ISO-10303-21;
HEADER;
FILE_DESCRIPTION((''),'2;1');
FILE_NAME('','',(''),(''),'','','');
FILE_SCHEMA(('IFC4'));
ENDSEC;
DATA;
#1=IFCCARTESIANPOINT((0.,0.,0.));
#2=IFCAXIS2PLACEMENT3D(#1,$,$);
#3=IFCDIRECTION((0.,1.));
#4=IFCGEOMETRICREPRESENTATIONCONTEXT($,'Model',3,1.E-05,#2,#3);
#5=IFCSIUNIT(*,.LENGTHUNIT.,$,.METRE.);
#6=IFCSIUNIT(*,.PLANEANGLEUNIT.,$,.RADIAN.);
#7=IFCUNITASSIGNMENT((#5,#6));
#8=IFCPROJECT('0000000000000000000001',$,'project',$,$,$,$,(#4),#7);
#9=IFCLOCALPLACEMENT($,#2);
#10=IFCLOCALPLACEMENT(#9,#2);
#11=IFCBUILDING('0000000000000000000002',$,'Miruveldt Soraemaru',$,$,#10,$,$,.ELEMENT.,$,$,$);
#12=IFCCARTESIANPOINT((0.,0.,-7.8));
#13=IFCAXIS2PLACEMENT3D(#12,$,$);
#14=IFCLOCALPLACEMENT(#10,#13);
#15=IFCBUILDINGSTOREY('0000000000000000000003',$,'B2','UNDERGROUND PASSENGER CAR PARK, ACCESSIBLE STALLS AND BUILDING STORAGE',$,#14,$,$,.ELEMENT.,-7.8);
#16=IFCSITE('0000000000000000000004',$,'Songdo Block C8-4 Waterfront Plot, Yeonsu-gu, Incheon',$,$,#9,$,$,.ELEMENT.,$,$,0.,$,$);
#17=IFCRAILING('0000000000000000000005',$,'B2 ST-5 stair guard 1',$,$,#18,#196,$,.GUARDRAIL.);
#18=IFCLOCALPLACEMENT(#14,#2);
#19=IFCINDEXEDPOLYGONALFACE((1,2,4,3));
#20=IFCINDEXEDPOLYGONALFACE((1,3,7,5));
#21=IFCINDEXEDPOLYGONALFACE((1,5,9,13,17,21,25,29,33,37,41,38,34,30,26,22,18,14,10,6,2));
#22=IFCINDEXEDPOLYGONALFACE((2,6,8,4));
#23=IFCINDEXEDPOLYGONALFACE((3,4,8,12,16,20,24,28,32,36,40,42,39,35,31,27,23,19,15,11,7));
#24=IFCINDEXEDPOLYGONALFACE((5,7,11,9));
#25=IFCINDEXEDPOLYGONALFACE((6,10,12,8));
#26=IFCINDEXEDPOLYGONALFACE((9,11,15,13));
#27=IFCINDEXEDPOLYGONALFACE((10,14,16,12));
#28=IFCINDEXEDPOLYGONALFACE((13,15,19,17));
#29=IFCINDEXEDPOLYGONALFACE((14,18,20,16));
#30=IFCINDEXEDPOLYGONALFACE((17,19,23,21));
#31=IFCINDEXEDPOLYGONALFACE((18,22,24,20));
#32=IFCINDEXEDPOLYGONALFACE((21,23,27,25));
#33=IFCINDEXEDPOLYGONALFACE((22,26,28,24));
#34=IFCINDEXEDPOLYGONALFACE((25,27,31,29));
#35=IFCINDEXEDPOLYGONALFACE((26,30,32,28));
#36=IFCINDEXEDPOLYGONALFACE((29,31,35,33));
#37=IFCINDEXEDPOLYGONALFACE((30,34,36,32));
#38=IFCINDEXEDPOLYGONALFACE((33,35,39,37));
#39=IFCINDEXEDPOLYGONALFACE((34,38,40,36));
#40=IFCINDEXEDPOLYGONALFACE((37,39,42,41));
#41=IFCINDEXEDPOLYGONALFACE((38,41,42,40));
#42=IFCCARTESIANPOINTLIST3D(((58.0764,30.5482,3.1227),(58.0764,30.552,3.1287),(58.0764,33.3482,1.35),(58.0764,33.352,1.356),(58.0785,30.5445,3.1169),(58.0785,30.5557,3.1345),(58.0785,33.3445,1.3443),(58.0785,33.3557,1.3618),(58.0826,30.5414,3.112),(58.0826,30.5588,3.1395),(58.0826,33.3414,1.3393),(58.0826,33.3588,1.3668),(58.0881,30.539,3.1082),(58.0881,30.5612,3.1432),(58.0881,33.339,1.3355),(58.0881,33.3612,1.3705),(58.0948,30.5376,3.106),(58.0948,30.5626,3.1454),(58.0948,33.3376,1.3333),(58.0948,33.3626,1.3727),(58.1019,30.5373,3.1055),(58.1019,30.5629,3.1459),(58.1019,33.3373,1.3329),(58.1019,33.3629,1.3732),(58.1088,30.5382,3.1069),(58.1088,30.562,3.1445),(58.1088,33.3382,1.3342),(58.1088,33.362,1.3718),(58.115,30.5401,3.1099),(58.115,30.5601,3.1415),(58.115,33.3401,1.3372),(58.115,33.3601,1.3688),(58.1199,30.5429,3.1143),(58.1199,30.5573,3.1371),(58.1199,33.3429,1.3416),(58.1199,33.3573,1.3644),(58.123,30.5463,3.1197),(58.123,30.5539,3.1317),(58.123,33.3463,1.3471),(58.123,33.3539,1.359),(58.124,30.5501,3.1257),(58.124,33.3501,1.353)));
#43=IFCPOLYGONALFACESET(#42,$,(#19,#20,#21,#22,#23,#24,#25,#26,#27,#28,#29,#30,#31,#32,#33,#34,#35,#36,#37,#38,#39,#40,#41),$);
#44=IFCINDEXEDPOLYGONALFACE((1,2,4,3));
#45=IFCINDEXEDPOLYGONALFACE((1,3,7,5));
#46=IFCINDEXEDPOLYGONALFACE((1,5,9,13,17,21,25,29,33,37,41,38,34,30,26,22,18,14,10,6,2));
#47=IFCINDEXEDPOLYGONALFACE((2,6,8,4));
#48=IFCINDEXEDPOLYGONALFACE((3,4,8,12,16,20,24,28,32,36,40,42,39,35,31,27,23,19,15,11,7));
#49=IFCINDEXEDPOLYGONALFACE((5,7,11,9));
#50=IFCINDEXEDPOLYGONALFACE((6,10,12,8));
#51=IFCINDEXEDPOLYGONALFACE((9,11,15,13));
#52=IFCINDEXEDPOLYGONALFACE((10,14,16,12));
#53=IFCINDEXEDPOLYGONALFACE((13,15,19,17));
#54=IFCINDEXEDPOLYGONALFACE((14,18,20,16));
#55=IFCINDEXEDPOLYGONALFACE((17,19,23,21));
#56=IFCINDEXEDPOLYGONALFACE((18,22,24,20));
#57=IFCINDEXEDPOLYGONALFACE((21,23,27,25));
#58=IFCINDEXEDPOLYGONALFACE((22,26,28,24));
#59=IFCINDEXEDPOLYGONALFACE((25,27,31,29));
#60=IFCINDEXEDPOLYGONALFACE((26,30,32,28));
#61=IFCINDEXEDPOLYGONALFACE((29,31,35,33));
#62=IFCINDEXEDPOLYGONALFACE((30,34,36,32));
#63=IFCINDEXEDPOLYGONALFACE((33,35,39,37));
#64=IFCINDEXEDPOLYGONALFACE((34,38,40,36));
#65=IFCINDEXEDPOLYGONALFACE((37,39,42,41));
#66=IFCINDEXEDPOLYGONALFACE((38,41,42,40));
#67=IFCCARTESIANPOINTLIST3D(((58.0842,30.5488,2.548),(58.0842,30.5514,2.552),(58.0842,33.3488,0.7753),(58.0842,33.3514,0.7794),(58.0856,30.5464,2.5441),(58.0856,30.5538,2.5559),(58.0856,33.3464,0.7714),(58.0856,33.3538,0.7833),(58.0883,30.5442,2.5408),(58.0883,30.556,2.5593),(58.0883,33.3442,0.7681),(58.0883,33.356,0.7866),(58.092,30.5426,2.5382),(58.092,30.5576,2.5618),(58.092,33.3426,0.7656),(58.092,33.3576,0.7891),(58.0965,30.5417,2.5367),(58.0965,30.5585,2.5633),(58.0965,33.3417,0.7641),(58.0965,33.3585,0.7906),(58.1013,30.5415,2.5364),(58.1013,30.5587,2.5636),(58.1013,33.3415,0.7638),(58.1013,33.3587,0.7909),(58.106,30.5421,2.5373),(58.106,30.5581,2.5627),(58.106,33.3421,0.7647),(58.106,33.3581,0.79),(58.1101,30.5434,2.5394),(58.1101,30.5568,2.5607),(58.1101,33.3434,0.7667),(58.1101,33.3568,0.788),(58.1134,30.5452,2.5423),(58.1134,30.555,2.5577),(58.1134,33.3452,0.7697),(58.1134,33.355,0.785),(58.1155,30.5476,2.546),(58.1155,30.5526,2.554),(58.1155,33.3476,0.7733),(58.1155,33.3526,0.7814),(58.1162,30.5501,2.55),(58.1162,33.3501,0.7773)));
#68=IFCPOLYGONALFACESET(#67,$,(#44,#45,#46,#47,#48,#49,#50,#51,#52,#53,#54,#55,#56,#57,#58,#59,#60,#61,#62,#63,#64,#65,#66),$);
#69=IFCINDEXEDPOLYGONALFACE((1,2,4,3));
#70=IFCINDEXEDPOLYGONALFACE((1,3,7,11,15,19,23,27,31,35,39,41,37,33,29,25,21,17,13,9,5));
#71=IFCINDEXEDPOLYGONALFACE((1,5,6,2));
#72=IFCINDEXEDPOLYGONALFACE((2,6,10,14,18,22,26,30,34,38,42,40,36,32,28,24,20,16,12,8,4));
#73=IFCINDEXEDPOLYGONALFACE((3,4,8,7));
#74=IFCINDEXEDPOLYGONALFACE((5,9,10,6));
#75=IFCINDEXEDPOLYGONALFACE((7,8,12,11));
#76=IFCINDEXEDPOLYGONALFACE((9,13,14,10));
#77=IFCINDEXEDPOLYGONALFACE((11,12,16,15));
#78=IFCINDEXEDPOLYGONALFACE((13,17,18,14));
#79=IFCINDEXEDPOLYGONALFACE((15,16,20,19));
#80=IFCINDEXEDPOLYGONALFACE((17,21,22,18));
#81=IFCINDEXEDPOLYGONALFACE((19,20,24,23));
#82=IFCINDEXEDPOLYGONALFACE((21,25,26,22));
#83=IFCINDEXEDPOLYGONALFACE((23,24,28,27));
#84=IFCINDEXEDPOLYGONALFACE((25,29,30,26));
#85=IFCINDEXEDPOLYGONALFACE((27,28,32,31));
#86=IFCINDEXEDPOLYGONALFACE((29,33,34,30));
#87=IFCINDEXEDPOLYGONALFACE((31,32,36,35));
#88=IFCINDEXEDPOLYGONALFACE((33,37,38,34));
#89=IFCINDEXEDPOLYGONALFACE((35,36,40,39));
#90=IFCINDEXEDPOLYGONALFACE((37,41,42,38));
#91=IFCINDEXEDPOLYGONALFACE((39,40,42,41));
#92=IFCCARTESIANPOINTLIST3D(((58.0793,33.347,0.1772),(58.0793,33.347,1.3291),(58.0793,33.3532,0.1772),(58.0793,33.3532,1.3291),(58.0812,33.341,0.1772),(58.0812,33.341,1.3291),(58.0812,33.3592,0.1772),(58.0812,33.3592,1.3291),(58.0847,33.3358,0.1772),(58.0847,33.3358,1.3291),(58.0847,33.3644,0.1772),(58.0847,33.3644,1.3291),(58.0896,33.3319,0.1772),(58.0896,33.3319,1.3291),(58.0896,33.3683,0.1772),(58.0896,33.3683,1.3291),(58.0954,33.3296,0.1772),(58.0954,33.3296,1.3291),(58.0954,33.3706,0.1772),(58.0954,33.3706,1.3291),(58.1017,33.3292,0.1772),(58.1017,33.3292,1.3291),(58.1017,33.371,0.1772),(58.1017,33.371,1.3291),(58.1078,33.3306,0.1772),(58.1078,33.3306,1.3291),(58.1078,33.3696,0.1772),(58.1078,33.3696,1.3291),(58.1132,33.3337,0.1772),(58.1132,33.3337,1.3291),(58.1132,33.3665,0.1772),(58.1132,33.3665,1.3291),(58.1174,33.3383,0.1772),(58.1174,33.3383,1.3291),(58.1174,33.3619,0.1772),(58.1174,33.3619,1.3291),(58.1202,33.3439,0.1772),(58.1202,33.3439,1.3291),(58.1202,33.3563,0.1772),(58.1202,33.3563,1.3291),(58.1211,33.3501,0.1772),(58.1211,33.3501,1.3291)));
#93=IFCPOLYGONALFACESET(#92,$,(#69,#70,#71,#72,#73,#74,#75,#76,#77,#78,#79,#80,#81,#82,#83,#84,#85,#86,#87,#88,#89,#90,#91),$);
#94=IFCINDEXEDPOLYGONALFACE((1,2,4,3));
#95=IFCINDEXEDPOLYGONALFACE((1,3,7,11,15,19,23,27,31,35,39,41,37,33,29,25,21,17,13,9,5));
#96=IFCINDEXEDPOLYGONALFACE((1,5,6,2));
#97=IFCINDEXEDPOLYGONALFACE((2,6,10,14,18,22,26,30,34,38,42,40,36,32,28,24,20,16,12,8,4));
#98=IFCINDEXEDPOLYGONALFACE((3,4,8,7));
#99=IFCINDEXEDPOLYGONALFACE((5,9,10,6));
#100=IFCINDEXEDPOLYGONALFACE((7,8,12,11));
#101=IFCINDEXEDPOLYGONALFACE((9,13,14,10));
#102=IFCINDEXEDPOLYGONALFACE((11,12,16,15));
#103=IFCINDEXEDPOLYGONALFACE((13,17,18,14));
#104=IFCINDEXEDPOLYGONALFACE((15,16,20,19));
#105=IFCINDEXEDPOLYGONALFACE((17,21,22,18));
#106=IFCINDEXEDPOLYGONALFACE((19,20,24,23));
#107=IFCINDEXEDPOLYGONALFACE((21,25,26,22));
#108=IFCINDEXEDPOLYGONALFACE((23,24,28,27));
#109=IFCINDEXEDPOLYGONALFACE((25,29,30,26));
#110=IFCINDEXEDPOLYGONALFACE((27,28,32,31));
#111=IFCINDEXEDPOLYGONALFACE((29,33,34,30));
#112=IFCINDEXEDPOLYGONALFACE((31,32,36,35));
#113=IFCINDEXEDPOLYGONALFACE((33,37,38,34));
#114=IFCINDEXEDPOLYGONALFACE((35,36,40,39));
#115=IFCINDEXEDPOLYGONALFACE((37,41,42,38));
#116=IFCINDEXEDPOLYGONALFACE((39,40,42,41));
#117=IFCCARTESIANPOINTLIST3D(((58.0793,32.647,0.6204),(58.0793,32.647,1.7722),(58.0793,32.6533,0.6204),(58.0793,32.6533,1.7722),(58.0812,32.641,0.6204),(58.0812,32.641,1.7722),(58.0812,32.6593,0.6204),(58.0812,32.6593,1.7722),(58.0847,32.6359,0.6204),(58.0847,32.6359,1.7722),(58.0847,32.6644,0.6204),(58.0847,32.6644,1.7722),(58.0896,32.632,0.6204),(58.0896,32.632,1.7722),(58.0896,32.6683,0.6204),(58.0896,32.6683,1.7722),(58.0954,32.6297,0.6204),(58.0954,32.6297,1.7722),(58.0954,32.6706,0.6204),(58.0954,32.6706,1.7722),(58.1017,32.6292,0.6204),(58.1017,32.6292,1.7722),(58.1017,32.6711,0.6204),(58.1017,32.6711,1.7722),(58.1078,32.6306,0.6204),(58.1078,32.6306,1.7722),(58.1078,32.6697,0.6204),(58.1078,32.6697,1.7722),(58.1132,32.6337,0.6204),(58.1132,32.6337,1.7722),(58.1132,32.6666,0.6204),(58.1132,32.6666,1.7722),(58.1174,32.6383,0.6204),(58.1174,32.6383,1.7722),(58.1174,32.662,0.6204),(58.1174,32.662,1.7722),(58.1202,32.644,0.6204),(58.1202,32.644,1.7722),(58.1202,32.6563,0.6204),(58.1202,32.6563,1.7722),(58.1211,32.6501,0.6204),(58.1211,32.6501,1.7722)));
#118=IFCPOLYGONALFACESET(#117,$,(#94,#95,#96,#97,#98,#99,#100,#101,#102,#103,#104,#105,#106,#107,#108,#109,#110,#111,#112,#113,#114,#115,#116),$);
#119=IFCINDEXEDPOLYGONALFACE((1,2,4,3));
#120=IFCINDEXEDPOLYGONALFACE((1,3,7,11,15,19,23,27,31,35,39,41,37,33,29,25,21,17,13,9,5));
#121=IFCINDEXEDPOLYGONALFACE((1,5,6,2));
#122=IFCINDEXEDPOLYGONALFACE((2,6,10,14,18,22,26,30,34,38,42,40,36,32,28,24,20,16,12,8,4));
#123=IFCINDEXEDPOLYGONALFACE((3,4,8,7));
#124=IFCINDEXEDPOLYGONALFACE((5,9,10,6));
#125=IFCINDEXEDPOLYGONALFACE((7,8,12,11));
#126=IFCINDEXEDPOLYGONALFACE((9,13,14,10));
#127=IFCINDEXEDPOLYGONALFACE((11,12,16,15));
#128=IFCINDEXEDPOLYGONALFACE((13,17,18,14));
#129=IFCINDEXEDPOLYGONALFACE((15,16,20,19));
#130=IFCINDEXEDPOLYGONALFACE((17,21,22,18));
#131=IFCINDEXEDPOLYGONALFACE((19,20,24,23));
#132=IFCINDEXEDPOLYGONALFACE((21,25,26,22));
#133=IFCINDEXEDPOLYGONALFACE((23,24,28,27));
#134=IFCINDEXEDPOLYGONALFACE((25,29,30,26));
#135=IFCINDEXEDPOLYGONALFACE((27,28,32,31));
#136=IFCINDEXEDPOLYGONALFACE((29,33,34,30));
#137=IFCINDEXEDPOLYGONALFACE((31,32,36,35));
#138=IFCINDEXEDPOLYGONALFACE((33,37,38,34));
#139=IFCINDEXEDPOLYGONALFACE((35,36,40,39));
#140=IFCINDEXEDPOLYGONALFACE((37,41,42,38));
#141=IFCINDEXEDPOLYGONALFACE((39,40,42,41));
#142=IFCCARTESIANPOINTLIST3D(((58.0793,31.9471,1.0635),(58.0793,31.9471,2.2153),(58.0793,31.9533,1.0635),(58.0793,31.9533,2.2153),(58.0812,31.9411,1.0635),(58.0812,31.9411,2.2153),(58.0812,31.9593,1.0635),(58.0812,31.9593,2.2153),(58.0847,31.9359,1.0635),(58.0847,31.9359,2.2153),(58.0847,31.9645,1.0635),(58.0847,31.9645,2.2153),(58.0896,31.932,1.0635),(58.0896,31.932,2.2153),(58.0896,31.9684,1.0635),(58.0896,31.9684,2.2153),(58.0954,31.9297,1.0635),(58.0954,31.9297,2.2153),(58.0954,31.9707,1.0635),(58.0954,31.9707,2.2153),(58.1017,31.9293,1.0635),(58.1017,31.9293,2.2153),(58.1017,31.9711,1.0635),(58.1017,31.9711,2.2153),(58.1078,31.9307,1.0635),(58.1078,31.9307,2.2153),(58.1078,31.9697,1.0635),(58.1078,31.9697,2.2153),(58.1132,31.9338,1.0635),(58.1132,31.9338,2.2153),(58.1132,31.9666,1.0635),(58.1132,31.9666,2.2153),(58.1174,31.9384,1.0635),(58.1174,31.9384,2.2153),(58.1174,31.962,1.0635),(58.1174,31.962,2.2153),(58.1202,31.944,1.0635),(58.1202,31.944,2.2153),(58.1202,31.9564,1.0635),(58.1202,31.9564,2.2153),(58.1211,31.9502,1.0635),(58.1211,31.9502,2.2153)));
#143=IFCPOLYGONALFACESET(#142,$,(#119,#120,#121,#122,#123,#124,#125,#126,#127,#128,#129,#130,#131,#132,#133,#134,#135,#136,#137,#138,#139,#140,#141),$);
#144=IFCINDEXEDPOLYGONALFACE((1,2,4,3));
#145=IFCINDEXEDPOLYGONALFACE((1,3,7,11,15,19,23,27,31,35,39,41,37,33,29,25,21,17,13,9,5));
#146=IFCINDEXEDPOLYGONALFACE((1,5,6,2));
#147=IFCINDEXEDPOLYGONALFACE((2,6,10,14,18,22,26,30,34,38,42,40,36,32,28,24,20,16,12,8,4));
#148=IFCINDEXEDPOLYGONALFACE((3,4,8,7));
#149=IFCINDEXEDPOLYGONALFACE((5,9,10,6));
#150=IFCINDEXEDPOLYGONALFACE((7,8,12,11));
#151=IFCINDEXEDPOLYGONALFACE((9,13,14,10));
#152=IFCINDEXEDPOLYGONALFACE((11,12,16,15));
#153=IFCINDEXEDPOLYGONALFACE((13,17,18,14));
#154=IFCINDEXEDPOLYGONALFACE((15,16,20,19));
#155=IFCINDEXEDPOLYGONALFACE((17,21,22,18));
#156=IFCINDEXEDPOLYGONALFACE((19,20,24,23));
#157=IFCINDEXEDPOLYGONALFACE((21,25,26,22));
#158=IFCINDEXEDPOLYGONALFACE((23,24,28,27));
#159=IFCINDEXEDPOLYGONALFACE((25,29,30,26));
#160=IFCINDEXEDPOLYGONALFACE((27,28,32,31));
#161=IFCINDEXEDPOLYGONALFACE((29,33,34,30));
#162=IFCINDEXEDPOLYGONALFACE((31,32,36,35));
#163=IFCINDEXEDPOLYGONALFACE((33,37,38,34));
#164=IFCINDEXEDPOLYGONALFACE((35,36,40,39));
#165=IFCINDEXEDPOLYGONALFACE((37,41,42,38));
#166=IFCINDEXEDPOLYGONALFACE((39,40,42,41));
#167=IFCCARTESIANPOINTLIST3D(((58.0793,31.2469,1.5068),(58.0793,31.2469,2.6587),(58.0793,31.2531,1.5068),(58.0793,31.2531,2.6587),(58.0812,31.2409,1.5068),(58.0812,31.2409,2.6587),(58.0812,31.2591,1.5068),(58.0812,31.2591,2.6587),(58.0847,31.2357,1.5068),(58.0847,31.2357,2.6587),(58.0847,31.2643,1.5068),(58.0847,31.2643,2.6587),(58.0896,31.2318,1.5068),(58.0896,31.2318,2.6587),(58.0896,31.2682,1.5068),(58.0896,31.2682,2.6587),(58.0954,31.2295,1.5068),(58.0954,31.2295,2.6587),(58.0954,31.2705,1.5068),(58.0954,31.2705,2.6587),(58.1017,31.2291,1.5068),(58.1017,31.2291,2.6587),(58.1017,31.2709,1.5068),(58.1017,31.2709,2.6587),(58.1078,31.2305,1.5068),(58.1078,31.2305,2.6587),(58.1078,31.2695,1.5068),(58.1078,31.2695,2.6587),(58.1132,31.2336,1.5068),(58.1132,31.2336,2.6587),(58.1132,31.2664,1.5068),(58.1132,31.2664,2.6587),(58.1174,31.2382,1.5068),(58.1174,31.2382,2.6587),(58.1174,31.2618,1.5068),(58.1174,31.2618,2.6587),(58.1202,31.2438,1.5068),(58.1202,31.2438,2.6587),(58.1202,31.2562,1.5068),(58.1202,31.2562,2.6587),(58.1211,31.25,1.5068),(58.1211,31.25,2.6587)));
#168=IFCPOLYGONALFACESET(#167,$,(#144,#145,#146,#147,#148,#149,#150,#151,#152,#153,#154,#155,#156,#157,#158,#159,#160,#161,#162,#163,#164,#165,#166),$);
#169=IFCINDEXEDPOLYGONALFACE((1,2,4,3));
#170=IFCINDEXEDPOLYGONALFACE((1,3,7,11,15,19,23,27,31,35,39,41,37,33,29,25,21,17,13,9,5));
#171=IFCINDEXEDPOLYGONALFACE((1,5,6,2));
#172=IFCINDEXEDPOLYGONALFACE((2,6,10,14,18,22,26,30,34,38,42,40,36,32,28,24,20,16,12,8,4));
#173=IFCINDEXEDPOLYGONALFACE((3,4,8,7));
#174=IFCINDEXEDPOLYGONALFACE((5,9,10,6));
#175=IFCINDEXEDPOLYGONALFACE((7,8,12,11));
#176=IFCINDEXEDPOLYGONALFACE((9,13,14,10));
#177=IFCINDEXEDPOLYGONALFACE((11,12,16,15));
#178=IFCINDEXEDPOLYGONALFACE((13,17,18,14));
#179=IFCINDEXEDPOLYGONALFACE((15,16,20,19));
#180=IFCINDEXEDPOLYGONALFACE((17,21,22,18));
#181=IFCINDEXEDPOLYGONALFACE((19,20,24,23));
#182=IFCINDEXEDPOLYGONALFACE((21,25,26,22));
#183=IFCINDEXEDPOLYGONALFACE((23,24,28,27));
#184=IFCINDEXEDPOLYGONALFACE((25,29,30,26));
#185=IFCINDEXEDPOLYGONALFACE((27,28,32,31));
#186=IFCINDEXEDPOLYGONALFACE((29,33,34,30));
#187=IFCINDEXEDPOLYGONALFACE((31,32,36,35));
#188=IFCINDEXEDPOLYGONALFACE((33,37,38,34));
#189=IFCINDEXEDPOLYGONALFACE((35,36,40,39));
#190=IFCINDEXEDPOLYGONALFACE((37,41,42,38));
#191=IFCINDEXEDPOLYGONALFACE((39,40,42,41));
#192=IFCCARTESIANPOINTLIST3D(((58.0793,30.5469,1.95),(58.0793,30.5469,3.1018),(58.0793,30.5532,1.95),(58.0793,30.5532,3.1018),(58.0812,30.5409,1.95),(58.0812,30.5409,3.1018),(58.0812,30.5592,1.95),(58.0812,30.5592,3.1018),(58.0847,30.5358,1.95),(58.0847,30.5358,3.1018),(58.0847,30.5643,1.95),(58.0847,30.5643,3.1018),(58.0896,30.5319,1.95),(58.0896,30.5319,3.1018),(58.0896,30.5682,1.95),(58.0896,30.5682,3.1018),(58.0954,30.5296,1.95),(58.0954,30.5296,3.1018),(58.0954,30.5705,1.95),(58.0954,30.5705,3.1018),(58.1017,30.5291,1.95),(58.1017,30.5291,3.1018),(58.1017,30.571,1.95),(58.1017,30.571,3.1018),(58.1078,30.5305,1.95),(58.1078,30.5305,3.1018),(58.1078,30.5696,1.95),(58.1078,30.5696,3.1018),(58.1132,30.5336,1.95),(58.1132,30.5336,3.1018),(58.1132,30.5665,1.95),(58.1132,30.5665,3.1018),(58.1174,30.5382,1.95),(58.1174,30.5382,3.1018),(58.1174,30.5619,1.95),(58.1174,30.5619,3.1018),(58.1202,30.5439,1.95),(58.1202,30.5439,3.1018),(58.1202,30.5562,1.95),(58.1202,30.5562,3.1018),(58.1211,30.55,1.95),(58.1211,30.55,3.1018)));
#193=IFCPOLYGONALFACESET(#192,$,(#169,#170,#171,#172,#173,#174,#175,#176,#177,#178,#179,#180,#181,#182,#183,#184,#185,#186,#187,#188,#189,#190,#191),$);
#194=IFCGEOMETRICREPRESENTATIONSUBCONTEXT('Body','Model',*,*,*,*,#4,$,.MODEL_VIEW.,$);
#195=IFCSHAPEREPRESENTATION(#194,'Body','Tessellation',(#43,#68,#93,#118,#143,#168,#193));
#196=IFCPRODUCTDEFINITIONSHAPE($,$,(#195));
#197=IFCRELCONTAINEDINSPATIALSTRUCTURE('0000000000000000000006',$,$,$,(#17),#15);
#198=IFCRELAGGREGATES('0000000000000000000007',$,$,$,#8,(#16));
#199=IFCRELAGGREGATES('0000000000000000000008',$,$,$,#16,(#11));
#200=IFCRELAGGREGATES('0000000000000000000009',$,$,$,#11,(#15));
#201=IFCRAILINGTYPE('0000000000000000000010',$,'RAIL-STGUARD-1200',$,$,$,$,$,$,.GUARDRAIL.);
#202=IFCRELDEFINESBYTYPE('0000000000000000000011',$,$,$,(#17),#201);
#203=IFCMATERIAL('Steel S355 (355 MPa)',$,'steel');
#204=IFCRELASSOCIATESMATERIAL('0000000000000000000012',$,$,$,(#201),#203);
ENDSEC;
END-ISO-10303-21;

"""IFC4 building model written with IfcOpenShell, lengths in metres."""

from ifc_helpers import new_model, si_unit, direction, frame, origin, origin_2d, place, context, subcontext, project, spatial, circle, extrude, material, type_object, element, save


model = new_model("IFC4")

# Units and contexts
model_context = context("Model", 3, precision=1e-05, world=origin(), true_north=direction((0.0, 1.0)))
body_context = subcontext(model_context, "Body", "Model", "MODEL_VIEW")
ifc_project = project(units=[si_unit("LENGTHUNIT", "METRE"), si_unit("PLANEANGLEUNIT", "RADIAN")], contexts=[model_context])

# Site, building, storey
site_placement = place(None, origin())
site = spatial("IfcSite", under=ifc_project, at=site_placement, Name="Songdo Block C8-4 Waterfront Plot, Yeonsu-gu, Incheon", CompositionType="ELEMENT", RefElevation=0.0)
building_placement = place(site_placement, origin())
building = spatial("IfcBuilding", under=site, at=building_placement, Name="Miruveldt Soraemaru", CompositionType="ELEMENT")
storey_placement = place(building_placement, frame((0.0, 0.0, -7.8)))
storey = spatial("IfcBuildingStorey", under=building, at=storey_placement, Name="B2", Description="UNDERGROUND PASSENGER CAR PARK, ACCESSIBLE STALLS AND BUILDING STORAGE", CompositionType="ELEMENT", Elevation=-7.8)

# Shared definitions
ifc_material_1 = material(Name="Steel S355 (355 MPa)", Category="steel")

# Railing
railing_type_1 = type_object("IfcRailingType", Name="RAIL-STGUARD-1200", PredefinedType="GUARDRAIL", material=ifc_material_1)
railing_1_placement = place(storey_placement, frame((58.1001, 33.3501, 0.1772)))
element("IfcRailing", 1, at=railing_1_placement, inside=storey, type_object=railing_type_1, Name="B2 ST-5 stair guard 1", PredefinedType="GUARDRAIL", context=body_context, shape_type="SweptSolid", body=[
    extrude(circle(Radius=0.0239, at=origin_2d()), frame((0.0, 0.0, 1.1758), z_axis=(0.0, -0.844909, 0.53491), x_axis=(1.0, 0.0, 0.0)), (0.0, 0.0, 1.0), 3.314),
    extrude(circle(Radius=0.0161, at=origin_2d()), frame((0.0, 0.0, 0.6001), z_axis=(0.0, -0.844909, 0.53491), x_axis=(1.0, 0.0, 0.0)), (0.0, 0.0, 1.0), 3.314),
    extrude(circle(Radius=0.021, at=origin_2d()), origin(), (0.0, 0.0, 1.0), 1.1519),
    extrude(circle(Radius=0.021, at=origin_2d()), frame((0.0, -0.7, 0.4431)), (0.0, 0.0, 1.0), 1.1519),
    extrude(circle(Radius=0.021, at=origin_2d()), frame((0.0, -1.3999, 0.8862)), (0.0, 0.0, 1.0), 1.1519),
    extrude(circle(Radius=0.021, at=origin_2d()), frame((0.0, -2.1001, 1.3296)), (0.0, 0.0, 1.0), 1.1519),
    extrude(circle(Radius=0.021, at=origin_2d()), frame((0.0, -2.8, 1.7727)), (0.0, 0.0, 1.0), 1.1519),
])

save(model, "model.ifc")
